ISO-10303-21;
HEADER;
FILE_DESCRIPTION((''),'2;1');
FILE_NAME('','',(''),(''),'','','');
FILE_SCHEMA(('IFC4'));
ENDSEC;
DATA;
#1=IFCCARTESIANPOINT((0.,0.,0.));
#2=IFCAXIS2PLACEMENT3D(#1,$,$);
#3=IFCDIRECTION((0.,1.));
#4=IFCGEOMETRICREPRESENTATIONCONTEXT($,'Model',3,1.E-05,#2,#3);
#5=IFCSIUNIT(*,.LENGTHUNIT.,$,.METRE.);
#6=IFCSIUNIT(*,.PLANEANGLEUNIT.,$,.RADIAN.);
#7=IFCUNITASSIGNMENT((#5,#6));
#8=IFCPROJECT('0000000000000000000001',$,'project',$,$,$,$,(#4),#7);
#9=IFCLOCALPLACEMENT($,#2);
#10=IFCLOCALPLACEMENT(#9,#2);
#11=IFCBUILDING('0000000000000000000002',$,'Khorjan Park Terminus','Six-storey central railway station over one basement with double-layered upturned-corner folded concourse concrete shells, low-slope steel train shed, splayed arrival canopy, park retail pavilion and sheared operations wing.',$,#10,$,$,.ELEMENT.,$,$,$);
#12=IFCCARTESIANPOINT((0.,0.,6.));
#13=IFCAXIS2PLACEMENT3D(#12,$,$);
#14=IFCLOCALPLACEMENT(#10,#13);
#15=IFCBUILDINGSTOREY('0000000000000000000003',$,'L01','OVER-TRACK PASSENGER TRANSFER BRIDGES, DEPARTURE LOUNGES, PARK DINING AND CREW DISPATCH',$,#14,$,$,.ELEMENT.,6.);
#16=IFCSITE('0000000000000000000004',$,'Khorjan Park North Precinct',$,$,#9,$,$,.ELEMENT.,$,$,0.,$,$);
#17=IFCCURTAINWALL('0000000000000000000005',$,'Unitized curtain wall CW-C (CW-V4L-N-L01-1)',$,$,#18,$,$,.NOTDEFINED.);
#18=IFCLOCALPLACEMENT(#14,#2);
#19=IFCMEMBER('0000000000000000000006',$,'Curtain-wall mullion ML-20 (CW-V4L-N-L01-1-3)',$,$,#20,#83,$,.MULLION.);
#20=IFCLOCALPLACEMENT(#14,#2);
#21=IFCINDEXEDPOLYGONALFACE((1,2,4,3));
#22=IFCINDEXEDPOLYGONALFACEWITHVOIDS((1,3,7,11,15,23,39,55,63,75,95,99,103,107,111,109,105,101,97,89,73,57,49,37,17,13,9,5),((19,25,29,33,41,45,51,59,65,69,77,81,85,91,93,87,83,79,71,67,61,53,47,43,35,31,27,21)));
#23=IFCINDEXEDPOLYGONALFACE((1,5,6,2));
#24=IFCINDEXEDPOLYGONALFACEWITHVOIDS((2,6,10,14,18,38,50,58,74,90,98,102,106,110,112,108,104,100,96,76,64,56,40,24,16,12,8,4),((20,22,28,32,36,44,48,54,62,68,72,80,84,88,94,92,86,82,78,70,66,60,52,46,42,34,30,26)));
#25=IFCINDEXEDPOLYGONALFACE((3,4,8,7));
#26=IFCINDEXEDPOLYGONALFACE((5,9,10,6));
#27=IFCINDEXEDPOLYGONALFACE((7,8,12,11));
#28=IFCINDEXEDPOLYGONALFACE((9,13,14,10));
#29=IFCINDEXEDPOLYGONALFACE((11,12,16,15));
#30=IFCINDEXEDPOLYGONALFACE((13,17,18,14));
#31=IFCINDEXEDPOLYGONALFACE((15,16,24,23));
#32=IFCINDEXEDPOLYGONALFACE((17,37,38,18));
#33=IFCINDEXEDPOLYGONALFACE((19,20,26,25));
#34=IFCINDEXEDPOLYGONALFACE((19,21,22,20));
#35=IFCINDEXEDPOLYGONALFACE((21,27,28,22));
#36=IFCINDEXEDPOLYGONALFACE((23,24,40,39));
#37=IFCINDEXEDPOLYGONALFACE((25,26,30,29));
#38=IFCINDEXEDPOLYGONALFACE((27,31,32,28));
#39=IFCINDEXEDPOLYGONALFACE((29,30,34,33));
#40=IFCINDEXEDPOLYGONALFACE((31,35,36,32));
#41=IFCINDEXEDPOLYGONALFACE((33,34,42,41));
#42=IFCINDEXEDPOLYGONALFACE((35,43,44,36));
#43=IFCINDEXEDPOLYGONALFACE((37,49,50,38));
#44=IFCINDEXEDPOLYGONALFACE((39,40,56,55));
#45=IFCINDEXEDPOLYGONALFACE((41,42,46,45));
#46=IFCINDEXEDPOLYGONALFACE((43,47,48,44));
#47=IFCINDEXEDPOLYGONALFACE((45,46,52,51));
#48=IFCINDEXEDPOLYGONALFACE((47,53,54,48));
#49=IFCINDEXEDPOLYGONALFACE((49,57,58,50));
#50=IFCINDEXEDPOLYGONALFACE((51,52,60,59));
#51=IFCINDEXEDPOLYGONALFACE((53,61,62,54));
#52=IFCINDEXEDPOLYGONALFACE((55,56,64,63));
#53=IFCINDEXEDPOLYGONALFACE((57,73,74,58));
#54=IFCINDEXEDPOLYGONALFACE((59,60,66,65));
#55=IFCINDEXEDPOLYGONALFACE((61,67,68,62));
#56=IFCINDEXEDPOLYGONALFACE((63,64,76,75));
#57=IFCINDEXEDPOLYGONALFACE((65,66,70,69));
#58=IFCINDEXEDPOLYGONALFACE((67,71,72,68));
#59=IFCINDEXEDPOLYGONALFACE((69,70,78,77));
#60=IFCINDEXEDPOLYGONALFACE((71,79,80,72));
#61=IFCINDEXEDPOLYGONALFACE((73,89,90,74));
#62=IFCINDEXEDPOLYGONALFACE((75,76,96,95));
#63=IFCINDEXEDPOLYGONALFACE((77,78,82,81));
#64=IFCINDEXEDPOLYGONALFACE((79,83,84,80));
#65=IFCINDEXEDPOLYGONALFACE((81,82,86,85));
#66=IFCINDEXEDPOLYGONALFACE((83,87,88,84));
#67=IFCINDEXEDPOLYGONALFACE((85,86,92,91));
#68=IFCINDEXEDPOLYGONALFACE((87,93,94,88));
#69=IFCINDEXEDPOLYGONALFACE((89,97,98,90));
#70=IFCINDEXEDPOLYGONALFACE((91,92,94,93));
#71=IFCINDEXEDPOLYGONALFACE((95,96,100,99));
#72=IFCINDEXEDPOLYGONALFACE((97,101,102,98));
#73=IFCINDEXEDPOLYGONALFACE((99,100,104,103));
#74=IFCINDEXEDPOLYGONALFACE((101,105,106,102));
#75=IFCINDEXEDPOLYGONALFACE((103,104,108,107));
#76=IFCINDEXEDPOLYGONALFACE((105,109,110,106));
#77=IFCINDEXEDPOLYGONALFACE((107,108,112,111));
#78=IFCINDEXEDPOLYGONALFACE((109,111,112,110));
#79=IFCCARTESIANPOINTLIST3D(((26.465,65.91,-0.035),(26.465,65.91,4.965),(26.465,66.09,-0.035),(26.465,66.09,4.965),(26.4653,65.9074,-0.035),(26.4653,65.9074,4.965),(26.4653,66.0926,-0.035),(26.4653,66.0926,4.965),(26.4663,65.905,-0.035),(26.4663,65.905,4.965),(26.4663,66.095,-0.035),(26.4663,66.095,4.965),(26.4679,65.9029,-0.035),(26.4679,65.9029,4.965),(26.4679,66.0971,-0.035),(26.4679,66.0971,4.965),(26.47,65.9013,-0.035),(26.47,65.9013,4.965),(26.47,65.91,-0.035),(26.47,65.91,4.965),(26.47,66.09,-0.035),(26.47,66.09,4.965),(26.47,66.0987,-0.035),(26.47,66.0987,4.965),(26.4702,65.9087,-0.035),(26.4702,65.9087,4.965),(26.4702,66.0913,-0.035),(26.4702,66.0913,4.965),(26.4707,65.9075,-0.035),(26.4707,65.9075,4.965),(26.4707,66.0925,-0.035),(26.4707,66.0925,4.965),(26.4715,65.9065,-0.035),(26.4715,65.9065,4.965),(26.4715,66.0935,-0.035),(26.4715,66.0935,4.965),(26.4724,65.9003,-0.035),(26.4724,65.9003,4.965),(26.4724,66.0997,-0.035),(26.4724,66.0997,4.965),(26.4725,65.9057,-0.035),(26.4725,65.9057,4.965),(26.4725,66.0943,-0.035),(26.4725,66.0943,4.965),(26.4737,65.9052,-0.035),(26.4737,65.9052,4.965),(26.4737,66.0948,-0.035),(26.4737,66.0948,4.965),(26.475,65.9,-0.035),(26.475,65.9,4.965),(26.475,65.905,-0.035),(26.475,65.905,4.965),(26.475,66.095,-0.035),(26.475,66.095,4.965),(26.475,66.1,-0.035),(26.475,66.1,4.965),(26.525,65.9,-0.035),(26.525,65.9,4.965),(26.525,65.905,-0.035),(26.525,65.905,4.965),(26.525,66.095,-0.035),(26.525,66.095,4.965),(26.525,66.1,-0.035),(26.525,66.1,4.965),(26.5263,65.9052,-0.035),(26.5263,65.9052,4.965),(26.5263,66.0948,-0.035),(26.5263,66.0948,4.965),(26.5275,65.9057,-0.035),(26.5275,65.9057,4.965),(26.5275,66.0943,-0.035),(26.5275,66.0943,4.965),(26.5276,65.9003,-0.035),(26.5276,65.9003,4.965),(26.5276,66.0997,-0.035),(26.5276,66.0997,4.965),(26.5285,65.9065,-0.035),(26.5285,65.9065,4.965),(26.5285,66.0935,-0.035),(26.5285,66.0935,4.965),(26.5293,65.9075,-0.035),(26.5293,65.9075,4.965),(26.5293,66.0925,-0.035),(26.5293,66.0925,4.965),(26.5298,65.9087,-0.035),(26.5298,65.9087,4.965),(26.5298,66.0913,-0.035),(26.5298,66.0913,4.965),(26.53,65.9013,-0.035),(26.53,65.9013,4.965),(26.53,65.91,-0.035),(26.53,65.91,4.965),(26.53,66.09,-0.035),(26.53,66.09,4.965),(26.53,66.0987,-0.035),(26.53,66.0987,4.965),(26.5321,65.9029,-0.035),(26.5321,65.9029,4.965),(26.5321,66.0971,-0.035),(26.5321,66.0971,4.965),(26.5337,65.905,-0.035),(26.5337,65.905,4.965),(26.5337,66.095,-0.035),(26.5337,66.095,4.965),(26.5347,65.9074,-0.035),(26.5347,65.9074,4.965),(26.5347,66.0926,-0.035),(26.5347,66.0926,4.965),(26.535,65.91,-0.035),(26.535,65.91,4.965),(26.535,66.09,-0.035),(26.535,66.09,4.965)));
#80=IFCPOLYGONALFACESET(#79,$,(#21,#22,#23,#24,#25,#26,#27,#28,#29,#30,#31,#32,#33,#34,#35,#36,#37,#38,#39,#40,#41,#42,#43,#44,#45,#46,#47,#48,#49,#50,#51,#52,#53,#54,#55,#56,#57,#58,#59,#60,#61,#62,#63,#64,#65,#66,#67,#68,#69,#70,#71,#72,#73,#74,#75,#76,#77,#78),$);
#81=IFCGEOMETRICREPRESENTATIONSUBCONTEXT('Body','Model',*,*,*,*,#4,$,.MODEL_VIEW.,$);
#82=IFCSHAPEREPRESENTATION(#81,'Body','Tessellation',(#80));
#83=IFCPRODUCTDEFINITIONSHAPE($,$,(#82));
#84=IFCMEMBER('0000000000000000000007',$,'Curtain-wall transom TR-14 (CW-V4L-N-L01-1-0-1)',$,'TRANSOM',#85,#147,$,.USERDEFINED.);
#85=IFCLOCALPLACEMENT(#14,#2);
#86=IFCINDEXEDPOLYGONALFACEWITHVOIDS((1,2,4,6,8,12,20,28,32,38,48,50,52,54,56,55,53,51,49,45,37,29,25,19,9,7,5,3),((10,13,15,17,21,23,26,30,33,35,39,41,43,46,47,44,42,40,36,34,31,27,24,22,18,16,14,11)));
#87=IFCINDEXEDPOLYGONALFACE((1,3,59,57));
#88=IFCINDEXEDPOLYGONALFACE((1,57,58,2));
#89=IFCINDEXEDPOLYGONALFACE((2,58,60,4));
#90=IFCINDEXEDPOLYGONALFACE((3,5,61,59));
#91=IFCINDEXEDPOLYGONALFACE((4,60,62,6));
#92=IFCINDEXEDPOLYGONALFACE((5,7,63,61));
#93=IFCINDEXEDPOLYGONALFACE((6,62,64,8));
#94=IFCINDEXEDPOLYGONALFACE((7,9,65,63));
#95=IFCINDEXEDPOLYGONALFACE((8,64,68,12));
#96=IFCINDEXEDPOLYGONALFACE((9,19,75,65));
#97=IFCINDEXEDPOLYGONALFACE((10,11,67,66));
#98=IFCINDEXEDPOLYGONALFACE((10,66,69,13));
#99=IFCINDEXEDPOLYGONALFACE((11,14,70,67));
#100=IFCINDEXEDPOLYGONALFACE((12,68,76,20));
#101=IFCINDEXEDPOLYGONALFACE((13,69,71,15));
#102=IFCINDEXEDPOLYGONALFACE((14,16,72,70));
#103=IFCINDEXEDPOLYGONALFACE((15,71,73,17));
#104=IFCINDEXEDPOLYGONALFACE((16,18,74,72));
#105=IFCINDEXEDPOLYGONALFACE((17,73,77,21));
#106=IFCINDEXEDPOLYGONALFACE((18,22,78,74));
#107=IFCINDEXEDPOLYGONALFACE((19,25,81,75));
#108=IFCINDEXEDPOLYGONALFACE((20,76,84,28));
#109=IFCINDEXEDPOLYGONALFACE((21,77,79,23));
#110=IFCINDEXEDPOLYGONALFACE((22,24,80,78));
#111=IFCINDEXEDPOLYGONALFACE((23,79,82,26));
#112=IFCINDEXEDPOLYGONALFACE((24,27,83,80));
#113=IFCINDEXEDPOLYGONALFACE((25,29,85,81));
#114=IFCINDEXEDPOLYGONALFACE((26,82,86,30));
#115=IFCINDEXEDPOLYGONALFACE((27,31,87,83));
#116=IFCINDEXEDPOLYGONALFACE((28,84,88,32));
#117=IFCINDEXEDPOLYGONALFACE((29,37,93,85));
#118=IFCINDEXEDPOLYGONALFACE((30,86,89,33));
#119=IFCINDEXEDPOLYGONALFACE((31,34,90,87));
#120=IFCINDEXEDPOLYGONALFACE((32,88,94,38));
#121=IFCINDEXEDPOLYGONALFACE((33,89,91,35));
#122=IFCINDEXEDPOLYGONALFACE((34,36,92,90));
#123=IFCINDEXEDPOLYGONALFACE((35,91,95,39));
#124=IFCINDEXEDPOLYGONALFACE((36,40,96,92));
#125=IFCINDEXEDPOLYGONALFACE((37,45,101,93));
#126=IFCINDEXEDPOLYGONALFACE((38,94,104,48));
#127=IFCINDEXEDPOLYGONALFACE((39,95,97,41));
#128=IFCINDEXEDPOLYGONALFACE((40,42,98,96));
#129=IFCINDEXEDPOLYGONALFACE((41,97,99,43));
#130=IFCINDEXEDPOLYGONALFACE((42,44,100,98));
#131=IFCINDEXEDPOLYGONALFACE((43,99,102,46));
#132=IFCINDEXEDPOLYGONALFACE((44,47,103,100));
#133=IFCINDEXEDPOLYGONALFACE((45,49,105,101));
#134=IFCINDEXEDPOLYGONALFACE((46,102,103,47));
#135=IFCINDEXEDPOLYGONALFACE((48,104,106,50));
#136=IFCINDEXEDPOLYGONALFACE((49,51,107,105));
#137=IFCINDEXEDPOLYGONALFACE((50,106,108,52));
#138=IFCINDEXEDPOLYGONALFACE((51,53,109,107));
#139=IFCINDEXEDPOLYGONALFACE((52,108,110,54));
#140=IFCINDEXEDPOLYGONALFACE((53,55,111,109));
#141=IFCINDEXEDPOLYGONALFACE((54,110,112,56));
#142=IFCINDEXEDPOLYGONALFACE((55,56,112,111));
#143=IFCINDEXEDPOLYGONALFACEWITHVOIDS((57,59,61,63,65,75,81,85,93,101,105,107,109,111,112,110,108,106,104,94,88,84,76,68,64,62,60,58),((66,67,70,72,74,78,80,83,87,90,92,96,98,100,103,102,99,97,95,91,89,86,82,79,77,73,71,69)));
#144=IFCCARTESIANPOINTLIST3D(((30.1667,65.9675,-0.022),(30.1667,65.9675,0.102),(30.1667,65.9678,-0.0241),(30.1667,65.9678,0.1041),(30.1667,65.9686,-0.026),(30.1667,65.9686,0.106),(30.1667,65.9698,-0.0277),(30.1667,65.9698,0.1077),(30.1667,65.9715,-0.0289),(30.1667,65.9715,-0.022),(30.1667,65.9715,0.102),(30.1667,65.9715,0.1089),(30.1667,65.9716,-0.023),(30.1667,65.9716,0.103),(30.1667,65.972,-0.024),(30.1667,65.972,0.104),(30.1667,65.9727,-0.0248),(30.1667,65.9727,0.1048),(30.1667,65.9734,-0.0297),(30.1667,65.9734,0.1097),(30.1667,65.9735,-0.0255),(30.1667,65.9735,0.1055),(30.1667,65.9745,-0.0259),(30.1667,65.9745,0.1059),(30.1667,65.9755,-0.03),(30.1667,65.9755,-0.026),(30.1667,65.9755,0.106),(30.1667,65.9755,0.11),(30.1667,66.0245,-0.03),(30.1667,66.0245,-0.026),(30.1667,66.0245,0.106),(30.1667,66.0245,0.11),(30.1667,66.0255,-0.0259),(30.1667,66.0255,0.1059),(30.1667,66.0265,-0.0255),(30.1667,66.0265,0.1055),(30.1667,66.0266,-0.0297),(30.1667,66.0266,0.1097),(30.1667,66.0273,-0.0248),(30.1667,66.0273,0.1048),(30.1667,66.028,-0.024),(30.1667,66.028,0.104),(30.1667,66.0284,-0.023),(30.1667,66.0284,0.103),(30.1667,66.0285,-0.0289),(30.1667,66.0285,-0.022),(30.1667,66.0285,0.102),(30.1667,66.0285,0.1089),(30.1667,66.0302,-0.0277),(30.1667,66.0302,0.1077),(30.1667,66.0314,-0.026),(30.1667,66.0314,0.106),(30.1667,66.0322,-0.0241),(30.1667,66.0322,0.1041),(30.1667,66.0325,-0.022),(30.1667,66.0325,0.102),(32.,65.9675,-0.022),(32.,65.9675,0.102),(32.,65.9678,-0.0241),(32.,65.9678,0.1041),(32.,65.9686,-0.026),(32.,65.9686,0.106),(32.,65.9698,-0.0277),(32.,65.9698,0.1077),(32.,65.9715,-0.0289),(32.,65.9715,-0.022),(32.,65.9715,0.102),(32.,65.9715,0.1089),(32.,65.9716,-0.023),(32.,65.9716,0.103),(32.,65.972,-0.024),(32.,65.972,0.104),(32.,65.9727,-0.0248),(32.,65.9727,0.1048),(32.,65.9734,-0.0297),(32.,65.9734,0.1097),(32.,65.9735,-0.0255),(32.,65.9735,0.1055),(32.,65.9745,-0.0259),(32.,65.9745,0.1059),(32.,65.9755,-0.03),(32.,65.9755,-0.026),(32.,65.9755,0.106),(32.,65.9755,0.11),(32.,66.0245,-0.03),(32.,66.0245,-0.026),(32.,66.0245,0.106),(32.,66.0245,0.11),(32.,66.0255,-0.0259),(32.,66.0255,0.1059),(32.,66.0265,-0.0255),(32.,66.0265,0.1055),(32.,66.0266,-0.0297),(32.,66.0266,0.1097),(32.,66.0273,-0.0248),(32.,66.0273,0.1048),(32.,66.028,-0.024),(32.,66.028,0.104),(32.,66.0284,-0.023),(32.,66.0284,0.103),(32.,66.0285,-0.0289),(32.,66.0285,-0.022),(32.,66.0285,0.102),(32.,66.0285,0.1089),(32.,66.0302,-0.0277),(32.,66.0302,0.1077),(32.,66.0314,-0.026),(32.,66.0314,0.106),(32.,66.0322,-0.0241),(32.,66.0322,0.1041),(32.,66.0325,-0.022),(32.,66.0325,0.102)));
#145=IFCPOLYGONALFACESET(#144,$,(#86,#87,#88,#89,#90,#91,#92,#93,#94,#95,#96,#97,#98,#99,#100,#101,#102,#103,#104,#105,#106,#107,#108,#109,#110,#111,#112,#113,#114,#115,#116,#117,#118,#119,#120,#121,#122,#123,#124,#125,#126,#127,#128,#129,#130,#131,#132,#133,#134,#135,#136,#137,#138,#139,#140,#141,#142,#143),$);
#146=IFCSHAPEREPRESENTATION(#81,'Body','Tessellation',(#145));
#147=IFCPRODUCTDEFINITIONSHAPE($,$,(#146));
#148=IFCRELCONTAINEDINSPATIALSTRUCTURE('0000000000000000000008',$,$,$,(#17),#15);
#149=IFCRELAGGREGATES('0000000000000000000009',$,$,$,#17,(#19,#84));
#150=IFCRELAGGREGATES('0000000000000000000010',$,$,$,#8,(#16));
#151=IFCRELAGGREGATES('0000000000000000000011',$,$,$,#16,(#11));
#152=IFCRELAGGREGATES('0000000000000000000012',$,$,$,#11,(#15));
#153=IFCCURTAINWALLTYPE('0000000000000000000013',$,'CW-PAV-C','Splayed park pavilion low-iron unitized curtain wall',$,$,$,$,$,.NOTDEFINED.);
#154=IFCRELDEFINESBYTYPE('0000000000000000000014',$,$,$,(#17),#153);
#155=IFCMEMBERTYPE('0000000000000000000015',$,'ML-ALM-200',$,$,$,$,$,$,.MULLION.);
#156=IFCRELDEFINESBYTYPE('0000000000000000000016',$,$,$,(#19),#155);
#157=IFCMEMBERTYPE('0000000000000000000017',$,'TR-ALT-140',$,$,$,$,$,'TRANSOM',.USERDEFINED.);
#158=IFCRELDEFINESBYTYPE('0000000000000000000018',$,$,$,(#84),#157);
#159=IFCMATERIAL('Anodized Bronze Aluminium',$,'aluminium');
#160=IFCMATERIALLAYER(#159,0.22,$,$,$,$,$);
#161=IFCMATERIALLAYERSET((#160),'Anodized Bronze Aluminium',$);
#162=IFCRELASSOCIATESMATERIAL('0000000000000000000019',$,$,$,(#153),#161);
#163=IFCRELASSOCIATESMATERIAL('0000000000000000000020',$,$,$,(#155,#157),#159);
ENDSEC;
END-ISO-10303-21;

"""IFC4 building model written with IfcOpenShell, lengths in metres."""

from ifc_helpers import new_model, si_unit, direction, frame, origin, origin_2d, place, context, subcontext, project, spatial, hollow_rectangle, extrude, material, layer, layer_set, material_profile, profile_set, type_object, element, aggregate, save


model = new_model("IFC4")

# Units and contexts
model_context = context("Model", 3, precision=1e-05, world=origin(), true_north=direction((0.0, 1.0)))
body_context = subcontext(model_context, "Body", "Model", "MODEL_VIEW")
ifc_project = project(units=[si_unit("LENGTHUNIT", "METRE"), si_unit("PLANEANGLEUNIT", "RADIAN")], contexts=[model_context])

# Site, building, storey
site_placement = place(None, origin())
site = spatial("IfcSite", under=ifc_project, at=site_placement, Name="Khorjan Park North Precinct", CompositionType="ELEMENT", RefElevation=0.0)
building_placement = place(site_placement, origin())
building = spatial("IfcBuilding", under=site, at=building_placement, Name="Khorjan Park Terminus", Description="Six-storey central railway station over one basement with double-layered upturned-corner folded concourse concrete shells, low-slope steel train shed, splayed arrival canopy, park retail pavilion and sheared operations wing.", CompositionType="ELEMENT")
storey_placement = place(building_placement, frame((0.0, 0.0, 6.0)))
storey = spatial("IfcBuildingStorey", under=building, at=storey_placement, Name="L01", Description="OVER-TRACK PASSENGER TRANSFER BRIDGES, DEPARTURE LOUNGES, PARK DINING AND CREW DISPATCH", CompositionType="ELEMENT", Elevation=6.0)

# Curtain wall, members
ifc_material_1 = material(Name="Anodized Bronze Aluminium", Category="aluminium")
ifc_layer_1 = layer(ifc_material_1, 0.22)
ifc_layer_set_1 = layer_set([ifc_layer_1], Name="Anodized Bronze Aluminium")
curtain_wall_type = type_object("IfcCurtainWallType", Name="CW-PAV-C", Description="Splayed park pavilion low-iron unitized curtain wall", PredefinedType="NOTDEFINED", material=ifc_layer_set_1)
curtain_wall_1_placement = place(storey_placement, origin())
curtain_wall_1 = element("IfcCurtainWall", 1, at=curtain_wall_1_placement, inside=storey, type_object=curtain_wall_type, Name="Unitized curtain wall CW-C (CW-V4L-N-L01-1)", PredefinedType="NOTDEFINED")
ifc_material_profile_1 = material_profile(ifc_material_1, hollow_rectangle(XDim=0.07, YDim=0.2, WallThickness=0.005, InnerFilletRadius=0.005, OuterFilletRadius=0.01, at=origin_2d()), Name="ALM 70x200x5")
ifc_profile_set_1 = profile_set([ifc_material_profile_1], Name="Anodized Bronze Aluminium")
member_type_1 = type_object("IfcMemberType", Name="ML-ALM-200", PredefinedType="MULLION", material=ifc_profile_set_1)
member_1_placement = place(storey_placement, frame((26.5, 66.0, -0.035), z_axis=(0.0, 0.0, 1.0), x_axis=(-1.0, 0.0, 0.0)))
member_1 = element("IfcMember", 2, at=member_1_placement, type_object=member_type_1, Name="Curtain-wall mullion ML-20 (CW-V4L-N-L01-1-3)", PredefinedType="MULLION", context=body_context, shape_type="SweptSolid", body=[
    extrude(hollow_rectangle(XDim=0.07, YDim=0.2, WallThickness=0.005, InnerFilletRadius=0.005, OuterFilletRadius=0.01, at=origin_2d()), origin(), (0.0, 0.0, 1.0), 5.0),
])
ifc_material_profile_2 = material_profile(ifc_material_1, hollow_rectangle(XDim=0.065, YDim=0.14, WallThickness=0.004, InnerFilletRadius=0.004, OuterFilletRadius=0.008, at=origin_2d()), Name="ALT 65x140x4")
ifc_profile_set_2 = profile_set([ifc_material_profile_2], Name="Anodized Bronze Aluminium")
member_type_2 = type_object("IfcMemberType", Name="TR-ALT-140", ElementType="TRANSOM", PredefinedType="USERDEFINED", material=ifc_profile_set_2)
member_2_placement = place(storey_placement, frame((32.0, 66.0, 0.04), z_axis=(-1.0, 0.0, 0.0), x_axis=(0.0, -1.0, 0.0)))
member_2 = element("IfcMember", 3, at=member_2_placement, type_object=member_type_2, Name="Curtain-wall transom TR-14 (CW-V4L-N-L01-1-0-1)", ObjectType="TRANSOM", PredefinedType="USERDEFINED", context=body_context, shape_type="SweptSolid", body=[
    extrude(hollow_rectangle(XDim=0.065, YDim=0.14, WallThickness=0.004, InnerFilletRadius=0.004, OuterFilletRadius=0.008, at=origin_2d()), origin(), (0.0, 0.0, 1.0), 1.8333),
])

aggregate(curtain_wall_1, [member_1, member_2])

save(model, "model.ifc")
